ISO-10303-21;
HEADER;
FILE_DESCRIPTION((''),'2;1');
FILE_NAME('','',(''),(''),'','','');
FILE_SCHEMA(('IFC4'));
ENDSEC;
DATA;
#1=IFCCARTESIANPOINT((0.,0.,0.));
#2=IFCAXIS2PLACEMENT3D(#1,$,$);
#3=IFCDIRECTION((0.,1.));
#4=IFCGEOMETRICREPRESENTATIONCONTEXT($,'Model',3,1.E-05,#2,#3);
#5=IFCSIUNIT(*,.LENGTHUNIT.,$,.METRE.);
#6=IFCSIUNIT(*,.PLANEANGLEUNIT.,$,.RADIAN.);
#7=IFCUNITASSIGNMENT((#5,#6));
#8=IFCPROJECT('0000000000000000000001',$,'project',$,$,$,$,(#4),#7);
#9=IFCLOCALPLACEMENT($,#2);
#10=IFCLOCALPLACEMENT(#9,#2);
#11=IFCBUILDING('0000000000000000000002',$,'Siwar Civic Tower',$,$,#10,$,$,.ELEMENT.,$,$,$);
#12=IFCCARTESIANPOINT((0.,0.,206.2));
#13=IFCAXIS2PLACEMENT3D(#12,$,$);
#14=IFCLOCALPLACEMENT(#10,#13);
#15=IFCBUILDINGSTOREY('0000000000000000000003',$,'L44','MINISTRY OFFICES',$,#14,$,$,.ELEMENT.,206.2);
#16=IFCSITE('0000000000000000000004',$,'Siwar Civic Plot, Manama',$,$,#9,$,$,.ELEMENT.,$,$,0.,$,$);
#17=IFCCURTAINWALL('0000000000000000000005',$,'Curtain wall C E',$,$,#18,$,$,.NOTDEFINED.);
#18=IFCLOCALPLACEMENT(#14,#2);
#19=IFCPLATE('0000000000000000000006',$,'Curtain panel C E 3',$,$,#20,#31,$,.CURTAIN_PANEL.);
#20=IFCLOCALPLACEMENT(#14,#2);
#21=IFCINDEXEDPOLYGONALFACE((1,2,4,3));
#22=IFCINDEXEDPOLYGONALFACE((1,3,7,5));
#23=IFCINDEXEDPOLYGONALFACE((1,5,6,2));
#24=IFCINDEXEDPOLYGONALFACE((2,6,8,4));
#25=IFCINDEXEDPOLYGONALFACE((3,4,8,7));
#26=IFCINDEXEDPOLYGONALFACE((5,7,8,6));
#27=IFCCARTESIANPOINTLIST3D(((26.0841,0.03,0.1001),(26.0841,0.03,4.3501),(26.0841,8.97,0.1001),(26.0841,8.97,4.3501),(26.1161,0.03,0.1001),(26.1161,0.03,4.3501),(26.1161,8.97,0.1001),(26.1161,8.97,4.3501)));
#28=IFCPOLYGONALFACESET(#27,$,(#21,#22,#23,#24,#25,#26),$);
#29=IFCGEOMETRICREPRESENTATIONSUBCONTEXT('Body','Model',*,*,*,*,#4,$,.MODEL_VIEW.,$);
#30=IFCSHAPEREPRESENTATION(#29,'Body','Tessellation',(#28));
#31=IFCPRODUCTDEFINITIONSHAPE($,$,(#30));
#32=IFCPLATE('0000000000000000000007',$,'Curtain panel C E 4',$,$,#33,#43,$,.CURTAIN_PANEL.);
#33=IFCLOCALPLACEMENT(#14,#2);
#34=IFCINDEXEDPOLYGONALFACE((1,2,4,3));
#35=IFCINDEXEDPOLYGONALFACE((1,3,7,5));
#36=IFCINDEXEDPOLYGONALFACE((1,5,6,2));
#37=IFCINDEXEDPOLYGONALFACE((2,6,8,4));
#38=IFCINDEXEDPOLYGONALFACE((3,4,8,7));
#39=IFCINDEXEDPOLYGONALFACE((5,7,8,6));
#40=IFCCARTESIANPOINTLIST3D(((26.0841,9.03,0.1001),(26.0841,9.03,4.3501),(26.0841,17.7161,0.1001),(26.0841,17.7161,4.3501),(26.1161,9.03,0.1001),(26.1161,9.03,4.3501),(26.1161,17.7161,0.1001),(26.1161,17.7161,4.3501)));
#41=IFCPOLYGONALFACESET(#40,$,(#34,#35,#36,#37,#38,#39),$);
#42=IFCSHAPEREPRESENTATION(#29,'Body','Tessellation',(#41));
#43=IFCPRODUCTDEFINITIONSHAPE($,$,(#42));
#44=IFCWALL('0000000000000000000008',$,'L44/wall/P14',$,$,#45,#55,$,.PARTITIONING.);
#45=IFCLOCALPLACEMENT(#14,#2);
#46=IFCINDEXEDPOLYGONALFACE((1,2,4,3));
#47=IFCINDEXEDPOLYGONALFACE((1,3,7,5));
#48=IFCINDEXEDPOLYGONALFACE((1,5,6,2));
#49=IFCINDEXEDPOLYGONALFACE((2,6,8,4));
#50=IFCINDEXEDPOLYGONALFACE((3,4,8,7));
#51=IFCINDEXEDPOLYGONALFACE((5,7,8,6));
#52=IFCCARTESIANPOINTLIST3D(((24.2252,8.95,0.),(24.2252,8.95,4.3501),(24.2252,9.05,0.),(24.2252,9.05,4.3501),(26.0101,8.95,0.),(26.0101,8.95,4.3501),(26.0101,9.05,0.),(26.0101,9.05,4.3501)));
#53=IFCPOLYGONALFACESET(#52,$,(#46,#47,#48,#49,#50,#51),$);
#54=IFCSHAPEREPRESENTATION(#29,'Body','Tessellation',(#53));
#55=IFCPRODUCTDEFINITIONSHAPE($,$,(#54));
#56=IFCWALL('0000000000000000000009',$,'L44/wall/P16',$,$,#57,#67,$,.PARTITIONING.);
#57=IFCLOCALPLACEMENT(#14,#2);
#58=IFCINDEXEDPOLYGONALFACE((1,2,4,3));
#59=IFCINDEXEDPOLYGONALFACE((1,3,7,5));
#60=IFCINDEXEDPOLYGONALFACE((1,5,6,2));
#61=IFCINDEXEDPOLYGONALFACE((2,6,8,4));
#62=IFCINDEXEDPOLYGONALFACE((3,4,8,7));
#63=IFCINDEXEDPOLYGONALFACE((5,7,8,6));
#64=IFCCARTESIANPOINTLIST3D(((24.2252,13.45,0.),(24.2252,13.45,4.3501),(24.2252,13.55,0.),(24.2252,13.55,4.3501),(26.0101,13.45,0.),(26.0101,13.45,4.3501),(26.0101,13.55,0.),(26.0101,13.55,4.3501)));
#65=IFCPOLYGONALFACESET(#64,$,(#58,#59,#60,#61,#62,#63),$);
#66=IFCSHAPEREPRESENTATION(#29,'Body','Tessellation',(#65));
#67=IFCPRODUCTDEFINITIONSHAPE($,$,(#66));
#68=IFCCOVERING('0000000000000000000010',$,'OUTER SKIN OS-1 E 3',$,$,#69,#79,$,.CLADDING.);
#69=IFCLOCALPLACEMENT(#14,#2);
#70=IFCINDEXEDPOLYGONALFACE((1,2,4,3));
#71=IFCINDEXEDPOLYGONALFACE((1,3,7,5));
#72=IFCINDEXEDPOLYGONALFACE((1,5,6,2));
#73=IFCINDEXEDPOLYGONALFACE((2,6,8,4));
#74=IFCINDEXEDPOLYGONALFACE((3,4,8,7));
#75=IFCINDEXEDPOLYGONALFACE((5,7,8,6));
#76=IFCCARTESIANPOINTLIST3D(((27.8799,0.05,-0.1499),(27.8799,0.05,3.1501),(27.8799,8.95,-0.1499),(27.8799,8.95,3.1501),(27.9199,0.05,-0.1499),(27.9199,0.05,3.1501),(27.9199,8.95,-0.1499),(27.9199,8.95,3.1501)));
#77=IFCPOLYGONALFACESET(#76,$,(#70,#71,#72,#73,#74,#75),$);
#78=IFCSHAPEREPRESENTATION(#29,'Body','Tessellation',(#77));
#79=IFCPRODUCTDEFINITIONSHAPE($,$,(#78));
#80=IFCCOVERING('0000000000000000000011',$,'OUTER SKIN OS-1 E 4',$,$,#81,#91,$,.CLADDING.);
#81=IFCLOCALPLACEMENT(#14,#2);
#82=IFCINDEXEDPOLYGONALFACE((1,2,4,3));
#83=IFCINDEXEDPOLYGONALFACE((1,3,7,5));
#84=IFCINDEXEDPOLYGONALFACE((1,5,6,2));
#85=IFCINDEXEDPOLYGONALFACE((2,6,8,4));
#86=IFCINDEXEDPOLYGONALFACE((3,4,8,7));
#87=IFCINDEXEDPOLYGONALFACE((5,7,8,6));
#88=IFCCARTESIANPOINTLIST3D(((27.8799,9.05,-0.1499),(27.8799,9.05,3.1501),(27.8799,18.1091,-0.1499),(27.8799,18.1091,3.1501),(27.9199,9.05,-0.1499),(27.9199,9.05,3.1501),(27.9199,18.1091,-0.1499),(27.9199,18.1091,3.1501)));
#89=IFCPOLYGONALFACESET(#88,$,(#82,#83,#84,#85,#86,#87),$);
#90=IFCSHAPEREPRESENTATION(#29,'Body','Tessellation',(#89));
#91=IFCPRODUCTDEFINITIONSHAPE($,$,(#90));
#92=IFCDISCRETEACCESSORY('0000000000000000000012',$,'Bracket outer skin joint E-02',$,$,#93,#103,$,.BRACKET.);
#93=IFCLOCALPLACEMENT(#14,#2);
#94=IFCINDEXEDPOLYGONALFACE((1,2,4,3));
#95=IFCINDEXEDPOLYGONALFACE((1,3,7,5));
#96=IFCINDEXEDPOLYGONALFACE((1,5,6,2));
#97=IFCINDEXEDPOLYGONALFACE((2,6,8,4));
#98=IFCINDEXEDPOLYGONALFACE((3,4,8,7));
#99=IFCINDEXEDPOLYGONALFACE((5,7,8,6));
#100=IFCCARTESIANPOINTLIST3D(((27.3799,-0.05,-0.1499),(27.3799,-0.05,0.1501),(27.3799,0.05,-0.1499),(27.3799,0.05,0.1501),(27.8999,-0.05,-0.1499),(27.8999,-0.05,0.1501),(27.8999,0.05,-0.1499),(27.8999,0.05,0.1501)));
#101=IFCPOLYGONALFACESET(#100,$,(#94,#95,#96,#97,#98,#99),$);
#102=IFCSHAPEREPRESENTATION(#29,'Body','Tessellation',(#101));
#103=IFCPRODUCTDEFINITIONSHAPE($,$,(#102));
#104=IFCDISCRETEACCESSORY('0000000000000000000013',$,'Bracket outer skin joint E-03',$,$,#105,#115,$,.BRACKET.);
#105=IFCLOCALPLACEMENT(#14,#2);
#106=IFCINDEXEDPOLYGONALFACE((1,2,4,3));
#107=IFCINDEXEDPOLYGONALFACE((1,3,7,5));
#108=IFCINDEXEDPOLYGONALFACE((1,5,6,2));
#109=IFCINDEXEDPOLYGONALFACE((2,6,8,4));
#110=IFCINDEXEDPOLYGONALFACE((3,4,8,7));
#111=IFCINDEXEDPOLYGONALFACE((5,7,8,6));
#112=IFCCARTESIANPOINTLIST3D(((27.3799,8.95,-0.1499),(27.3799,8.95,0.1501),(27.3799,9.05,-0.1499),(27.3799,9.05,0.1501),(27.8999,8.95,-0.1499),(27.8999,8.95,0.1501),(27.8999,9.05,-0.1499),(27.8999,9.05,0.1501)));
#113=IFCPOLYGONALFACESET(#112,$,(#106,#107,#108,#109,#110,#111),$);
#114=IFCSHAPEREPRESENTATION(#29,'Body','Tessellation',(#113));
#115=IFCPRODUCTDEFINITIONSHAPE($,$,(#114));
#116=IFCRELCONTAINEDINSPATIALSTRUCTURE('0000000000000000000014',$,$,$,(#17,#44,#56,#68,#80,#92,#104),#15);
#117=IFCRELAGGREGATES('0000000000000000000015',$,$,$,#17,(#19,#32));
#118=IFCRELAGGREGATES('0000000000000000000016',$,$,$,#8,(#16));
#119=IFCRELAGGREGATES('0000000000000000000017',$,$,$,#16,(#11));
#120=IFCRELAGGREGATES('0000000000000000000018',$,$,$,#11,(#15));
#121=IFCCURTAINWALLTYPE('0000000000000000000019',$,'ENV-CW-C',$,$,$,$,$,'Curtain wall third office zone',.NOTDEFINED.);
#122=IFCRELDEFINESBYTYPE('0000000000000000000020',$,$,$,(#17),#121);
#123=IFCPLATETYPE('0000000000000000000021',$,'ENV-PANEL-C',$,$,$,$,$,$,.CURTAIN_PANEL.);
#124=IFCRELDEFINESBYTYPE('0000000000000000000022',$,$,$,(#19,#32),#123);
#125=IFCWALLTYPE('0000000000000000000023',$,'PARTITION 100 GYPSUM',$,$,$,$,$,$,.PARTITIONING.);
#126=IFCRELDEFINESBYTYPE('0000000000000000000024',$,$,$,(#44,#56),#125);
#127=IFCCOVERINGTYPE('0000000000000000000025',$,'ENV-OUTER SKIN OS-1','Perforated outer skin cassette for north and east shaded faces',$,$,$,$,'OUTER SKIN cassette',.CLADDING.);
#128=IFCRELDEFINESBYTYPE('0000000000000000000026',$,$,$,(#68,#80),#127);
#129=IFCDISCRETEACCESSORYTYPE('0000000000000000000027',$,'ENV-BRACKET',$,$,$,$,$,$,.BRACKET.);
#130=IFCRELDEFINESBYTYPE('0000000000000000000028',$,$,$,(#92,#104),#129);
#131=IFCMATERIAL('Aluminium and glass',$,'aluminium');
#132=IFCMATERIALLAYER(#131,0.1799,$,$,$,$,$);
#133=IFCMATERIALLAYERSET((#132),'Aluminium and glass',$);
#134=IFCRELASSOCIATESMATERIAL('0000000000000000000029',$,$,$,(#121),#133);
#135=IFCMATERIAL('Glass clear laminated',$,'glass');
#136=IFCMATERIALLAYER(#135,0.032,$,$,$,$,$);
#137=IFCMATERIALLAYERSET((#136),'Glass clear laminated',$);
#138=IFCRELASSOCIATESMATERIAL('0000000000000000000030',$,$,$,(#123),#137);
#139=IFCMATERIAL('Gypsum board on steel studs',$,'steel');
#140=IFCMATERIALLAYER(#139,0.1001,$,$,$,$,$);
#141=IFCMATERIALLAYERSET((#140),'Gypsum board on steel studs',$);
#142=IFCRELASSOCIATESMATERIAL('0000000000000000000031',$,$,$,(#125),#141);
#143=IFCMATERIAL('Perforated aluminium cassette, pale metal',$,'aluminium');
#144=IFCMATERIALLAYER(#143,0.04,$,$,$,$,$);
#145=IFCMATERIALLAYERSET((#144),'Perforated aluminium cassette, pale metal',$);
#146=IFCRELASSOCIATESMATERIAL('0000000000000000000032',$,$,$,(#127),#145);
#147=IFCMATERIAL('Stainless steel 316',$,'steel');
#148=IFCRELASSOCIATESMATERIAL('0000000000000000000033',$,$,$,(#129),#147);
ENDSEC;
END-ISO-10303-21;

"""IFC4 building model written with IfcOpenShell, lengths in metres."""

from ifc_helpers import new_model, si_unit, direction, frame, frame_2d, origin, origin_2d, place, context, subcontext, project, spatial, rectangle, extrude, material, layer, layer_set, type_object, element, aggregate, save


model = new_model("IFC4")

# Units and contexts
model_context = context("Model", 3, precision=1e-05, world=origin(), true_north=direction((0.0, 1.0)))
body_context = subcontext(model_context, "Body", "Model", "MODEL_VIEW")
ifc_project = project(units=[si_unit("LENGTHUNIT", "METRE"), si_unit("PLANEANGLEUNIT", "RADIAN")], contexts=[model_context])

# Site, building, storey
site_placement = place(None, origin())
site = spatial("IfcSite", under=ifc_project, at=site_placement, Name="Siwar Civic Plot, Manama", CompositionType="ELEMENT", RefElevation=0.0)
building_placement = place(site_placement, origin())
building = spatial("IfcBuilding", under=site, at=building_placement, Name="Siwar Civic Tower", CompositionType="ELEMENT")
storey_placement = place(building_placement, frame((0.0, 0.0, 206.2)))
storey = spatial("IfcBuildingStorey", under=building, at=storey_placement, Name="L44", Description="MINISTRY OFFICES", CompositionType="ELEMENT", Elevation=206.2)

# Curtain wall
ifc_material_1 = material(Name="Aluminium and glass", Category="aluminium")
ifc_layer_1 = layer(ifc_material_1, 0.1799)
ifc_layer_set_1 = layer_set([ifc_layer_1], Name="Aluminium and glass")
curtain_wall_type_1 = type_object("IfcCurtainWallType", Name="ENV-CW-C", ElementType="Curtain wall third office zone", PredefinedType="NOTDEFINED", material=ifc_layer_set_1)
curtain_wall_1_placement = place(storey_placement, origin())
curtain_wall_1 = element("IfcCurtainWall", 1, at=curtain_wall_1_placement, inside=storey, type_object=curtain_wall_type_1, Name="Curtain wall C E", PredefinedType="NOTDEFINED")

# Plates
ifc_material_2 = material(Name="Glass clear laminated", Category="glass")
ifc_layer_2 = layer(ifc_material_2, 0.032)
ifc_layer_set_2 = layer_set([ifc_layer_2], Name="Glass clear laminated")
plate_type = type_object("IfcPlateType", Name="ENV-PANEL-C", PredefinedType="CURTAIN_PANEL", material=ifc_layer_set_2)
plate_1_placement = place(storey_placement, frame((26.1001, 4.5, 0.1001), z_axis=(0.0, 0.0, 1.0), x_axis=(0.0, 1.0, 0.0)))
plate_1 = element("IfcPlate", 2, at=plate_1_placement, type_object=plate_type, Name="Curtain panel C E 3", PredefinedType="CURTAIN_PANEL", context=body_context, shape_type="SweptSolid", body=[
    extrude(rectangle(XDim=8.9399, YDim=0.032, at=origin_2d()), origin(), (0.0, 0.0, 1.0), 4.25),
])
plate_2_placement = place(storey_placement, frame((26.1001, 13.373, 0.1001), z_axis=(0.0, 0.0, 1.0), x_axis=(0.0, 1.0, 0.0)))
plate_2 = element("IfcPlate", 3, at=plate_2_placement, type_object=plate_type, Name="Curtain panel C E 4", PredefinedType="CURTAIN_PANEL", context=body_context, shape_type="SweptSolid", body=[
    extrude(rectangle(XDim=8.686, YDim=0.032, at=origin_2d()), origin(), (0.0, 0.0, 1.0), 4.25),
])
aggregate(curtain_wall_1, [plate_1, plate_2])

# Walls
ifc_material_3 = material(Name="Gypsum board on steel studs", Category="steel")
ifc_layer_3 = layer(ifc_material_3, 0.1001)
ifc_layer_set_3 = layer_set([ifc_layer_3], Name="Gypsum board on steel studs")
wall_type = type_object("IfcWallType", Name="PARTITION 100 GYPSUM", PredefinedType="PARTITIONING", material=ifc_layer_set_3)
for number, where, z_axis, x_axis, name in (
    (4, (24.2251, 9.0, 0.0), (0.0, 0.0, 1.0), (1.0, 0.0, 0.0), "L44/wall/P14"),
    (5, (24.2251, 13.5, 0.0), (0.0, 0.0, 1.0), (1.0, 0.0, 0.0), "L44/wall/P16"),
):
    element("IfcWall", number, at=place(storey_placement, frame(where, z_axis=z_axis, x_axis=x_axis)), inside=storey, type_object=wall_type, Name=name, PredefinedType="PARTITIONING", context=body_context, shape_type="SweptSolid", body=[
        extrude(rectangle(XDim=1.7849, YDim=0.1001, at=frame_2d((0.8926, 0.0))), origin(), (0.0, 0.0, 1.0), 4.3501),
    ])

# Coverings
ifc_material_4 = material(Name="Perforated aluminium cassette, pale metal", Category="aluminium")
ifc_layer_4 = layer(ifc_material_4, 0.04)
ifc_layer_set_4 = layer_set([ifc_layer_4], Name="Perforated aluminium cassette, pale metal")
covering_type = type_object("IfcCoveringType", Name="ENV-OUTER SKIN OS-1", Description="Perforated outer skin cassette for north and east shaded faces", ElementType="OUTER SKIN cassette", PredefinedType="CLADDING", material=ifc_layer_set_4)
covering_1_placement = place(storey_placement, frame((27.8999, 4.5, -0.1499), z_axis=(0.0, 0.0, 1.0), x_axis=(0.0, 1.0, 0.0)))
element("IfcCovering", 6, at=covering_1_placement, inside=storey, type_object=covering_type, Name="OUTER SKIN OS-1 E 3", PredefinedType="CLADDING", context=body_context, shape_type="SweptSolid", body=[
    extrude(rectangle(XDim=8.8999, YDim=0.04, at=origin_2d()), origin(), (0.0, 0.0, 1.0), 3.3),
])
covering_2_placement = place(storey_placement, frame((27.8999, 13.5796, -0.1499), z_axis=(0.0, 0.0, 1.0), x_axis=(0.0, 1.0, 0.0)))
element("IfcCovering", 7, at=covering_2_placement, inside=storey, type_object=covering_type, Name="OUTER SKIN OS-1 E 4", PredefinedType="CLADDING", context=body_context, shape_type="SweptSolid", body=[
    extrude(rectangle(XDim=9.0591, YDim=0.04, at=origin_2d()), origin(), (0.0, 0.0, 1.0), 3.3),
])

# Discrete accessories
ifc_material_5 = material(Name="Stainless steel 316", Category="steel")
discrete_accessory_type = type_object("IfcDiscreteAccessoryType", Name="ENV-BRACKET", PredefinedType="BRACKET", material=ifc_material_5)
for number, where, z_axis, x_axis, name in (
    (8, (27.6399, 0.0, -0.1499), (0.0, 0.0, 1.0), (1.0, 0.0, 0.0), "Bracket outer skin joint E-02"),
    (9, (27.6399, 9.0, -0.1499), (0.0, 0.0, 1.0), (1.0, 0.0, 0.0), "Bracket outer skin joint E-03"),
):
    element("IfcDiscreteAccessory", number, at=place(storey_placement, frame(where, z_axis=z_axis, x_axis=x_axis)), inside=storey, type_object=discrete_accessory_type, Name=name, PredefinedType="BRACKET", context=body_context, shape_type="SweptSolid", body=[
        extrude(rectangle(XDim=0.52, YDim=0.1001, at=origin_2d()), origin(), (0.0, 0.0, 1.0), 0.3),
    ])

save(model, "model.ifc")
